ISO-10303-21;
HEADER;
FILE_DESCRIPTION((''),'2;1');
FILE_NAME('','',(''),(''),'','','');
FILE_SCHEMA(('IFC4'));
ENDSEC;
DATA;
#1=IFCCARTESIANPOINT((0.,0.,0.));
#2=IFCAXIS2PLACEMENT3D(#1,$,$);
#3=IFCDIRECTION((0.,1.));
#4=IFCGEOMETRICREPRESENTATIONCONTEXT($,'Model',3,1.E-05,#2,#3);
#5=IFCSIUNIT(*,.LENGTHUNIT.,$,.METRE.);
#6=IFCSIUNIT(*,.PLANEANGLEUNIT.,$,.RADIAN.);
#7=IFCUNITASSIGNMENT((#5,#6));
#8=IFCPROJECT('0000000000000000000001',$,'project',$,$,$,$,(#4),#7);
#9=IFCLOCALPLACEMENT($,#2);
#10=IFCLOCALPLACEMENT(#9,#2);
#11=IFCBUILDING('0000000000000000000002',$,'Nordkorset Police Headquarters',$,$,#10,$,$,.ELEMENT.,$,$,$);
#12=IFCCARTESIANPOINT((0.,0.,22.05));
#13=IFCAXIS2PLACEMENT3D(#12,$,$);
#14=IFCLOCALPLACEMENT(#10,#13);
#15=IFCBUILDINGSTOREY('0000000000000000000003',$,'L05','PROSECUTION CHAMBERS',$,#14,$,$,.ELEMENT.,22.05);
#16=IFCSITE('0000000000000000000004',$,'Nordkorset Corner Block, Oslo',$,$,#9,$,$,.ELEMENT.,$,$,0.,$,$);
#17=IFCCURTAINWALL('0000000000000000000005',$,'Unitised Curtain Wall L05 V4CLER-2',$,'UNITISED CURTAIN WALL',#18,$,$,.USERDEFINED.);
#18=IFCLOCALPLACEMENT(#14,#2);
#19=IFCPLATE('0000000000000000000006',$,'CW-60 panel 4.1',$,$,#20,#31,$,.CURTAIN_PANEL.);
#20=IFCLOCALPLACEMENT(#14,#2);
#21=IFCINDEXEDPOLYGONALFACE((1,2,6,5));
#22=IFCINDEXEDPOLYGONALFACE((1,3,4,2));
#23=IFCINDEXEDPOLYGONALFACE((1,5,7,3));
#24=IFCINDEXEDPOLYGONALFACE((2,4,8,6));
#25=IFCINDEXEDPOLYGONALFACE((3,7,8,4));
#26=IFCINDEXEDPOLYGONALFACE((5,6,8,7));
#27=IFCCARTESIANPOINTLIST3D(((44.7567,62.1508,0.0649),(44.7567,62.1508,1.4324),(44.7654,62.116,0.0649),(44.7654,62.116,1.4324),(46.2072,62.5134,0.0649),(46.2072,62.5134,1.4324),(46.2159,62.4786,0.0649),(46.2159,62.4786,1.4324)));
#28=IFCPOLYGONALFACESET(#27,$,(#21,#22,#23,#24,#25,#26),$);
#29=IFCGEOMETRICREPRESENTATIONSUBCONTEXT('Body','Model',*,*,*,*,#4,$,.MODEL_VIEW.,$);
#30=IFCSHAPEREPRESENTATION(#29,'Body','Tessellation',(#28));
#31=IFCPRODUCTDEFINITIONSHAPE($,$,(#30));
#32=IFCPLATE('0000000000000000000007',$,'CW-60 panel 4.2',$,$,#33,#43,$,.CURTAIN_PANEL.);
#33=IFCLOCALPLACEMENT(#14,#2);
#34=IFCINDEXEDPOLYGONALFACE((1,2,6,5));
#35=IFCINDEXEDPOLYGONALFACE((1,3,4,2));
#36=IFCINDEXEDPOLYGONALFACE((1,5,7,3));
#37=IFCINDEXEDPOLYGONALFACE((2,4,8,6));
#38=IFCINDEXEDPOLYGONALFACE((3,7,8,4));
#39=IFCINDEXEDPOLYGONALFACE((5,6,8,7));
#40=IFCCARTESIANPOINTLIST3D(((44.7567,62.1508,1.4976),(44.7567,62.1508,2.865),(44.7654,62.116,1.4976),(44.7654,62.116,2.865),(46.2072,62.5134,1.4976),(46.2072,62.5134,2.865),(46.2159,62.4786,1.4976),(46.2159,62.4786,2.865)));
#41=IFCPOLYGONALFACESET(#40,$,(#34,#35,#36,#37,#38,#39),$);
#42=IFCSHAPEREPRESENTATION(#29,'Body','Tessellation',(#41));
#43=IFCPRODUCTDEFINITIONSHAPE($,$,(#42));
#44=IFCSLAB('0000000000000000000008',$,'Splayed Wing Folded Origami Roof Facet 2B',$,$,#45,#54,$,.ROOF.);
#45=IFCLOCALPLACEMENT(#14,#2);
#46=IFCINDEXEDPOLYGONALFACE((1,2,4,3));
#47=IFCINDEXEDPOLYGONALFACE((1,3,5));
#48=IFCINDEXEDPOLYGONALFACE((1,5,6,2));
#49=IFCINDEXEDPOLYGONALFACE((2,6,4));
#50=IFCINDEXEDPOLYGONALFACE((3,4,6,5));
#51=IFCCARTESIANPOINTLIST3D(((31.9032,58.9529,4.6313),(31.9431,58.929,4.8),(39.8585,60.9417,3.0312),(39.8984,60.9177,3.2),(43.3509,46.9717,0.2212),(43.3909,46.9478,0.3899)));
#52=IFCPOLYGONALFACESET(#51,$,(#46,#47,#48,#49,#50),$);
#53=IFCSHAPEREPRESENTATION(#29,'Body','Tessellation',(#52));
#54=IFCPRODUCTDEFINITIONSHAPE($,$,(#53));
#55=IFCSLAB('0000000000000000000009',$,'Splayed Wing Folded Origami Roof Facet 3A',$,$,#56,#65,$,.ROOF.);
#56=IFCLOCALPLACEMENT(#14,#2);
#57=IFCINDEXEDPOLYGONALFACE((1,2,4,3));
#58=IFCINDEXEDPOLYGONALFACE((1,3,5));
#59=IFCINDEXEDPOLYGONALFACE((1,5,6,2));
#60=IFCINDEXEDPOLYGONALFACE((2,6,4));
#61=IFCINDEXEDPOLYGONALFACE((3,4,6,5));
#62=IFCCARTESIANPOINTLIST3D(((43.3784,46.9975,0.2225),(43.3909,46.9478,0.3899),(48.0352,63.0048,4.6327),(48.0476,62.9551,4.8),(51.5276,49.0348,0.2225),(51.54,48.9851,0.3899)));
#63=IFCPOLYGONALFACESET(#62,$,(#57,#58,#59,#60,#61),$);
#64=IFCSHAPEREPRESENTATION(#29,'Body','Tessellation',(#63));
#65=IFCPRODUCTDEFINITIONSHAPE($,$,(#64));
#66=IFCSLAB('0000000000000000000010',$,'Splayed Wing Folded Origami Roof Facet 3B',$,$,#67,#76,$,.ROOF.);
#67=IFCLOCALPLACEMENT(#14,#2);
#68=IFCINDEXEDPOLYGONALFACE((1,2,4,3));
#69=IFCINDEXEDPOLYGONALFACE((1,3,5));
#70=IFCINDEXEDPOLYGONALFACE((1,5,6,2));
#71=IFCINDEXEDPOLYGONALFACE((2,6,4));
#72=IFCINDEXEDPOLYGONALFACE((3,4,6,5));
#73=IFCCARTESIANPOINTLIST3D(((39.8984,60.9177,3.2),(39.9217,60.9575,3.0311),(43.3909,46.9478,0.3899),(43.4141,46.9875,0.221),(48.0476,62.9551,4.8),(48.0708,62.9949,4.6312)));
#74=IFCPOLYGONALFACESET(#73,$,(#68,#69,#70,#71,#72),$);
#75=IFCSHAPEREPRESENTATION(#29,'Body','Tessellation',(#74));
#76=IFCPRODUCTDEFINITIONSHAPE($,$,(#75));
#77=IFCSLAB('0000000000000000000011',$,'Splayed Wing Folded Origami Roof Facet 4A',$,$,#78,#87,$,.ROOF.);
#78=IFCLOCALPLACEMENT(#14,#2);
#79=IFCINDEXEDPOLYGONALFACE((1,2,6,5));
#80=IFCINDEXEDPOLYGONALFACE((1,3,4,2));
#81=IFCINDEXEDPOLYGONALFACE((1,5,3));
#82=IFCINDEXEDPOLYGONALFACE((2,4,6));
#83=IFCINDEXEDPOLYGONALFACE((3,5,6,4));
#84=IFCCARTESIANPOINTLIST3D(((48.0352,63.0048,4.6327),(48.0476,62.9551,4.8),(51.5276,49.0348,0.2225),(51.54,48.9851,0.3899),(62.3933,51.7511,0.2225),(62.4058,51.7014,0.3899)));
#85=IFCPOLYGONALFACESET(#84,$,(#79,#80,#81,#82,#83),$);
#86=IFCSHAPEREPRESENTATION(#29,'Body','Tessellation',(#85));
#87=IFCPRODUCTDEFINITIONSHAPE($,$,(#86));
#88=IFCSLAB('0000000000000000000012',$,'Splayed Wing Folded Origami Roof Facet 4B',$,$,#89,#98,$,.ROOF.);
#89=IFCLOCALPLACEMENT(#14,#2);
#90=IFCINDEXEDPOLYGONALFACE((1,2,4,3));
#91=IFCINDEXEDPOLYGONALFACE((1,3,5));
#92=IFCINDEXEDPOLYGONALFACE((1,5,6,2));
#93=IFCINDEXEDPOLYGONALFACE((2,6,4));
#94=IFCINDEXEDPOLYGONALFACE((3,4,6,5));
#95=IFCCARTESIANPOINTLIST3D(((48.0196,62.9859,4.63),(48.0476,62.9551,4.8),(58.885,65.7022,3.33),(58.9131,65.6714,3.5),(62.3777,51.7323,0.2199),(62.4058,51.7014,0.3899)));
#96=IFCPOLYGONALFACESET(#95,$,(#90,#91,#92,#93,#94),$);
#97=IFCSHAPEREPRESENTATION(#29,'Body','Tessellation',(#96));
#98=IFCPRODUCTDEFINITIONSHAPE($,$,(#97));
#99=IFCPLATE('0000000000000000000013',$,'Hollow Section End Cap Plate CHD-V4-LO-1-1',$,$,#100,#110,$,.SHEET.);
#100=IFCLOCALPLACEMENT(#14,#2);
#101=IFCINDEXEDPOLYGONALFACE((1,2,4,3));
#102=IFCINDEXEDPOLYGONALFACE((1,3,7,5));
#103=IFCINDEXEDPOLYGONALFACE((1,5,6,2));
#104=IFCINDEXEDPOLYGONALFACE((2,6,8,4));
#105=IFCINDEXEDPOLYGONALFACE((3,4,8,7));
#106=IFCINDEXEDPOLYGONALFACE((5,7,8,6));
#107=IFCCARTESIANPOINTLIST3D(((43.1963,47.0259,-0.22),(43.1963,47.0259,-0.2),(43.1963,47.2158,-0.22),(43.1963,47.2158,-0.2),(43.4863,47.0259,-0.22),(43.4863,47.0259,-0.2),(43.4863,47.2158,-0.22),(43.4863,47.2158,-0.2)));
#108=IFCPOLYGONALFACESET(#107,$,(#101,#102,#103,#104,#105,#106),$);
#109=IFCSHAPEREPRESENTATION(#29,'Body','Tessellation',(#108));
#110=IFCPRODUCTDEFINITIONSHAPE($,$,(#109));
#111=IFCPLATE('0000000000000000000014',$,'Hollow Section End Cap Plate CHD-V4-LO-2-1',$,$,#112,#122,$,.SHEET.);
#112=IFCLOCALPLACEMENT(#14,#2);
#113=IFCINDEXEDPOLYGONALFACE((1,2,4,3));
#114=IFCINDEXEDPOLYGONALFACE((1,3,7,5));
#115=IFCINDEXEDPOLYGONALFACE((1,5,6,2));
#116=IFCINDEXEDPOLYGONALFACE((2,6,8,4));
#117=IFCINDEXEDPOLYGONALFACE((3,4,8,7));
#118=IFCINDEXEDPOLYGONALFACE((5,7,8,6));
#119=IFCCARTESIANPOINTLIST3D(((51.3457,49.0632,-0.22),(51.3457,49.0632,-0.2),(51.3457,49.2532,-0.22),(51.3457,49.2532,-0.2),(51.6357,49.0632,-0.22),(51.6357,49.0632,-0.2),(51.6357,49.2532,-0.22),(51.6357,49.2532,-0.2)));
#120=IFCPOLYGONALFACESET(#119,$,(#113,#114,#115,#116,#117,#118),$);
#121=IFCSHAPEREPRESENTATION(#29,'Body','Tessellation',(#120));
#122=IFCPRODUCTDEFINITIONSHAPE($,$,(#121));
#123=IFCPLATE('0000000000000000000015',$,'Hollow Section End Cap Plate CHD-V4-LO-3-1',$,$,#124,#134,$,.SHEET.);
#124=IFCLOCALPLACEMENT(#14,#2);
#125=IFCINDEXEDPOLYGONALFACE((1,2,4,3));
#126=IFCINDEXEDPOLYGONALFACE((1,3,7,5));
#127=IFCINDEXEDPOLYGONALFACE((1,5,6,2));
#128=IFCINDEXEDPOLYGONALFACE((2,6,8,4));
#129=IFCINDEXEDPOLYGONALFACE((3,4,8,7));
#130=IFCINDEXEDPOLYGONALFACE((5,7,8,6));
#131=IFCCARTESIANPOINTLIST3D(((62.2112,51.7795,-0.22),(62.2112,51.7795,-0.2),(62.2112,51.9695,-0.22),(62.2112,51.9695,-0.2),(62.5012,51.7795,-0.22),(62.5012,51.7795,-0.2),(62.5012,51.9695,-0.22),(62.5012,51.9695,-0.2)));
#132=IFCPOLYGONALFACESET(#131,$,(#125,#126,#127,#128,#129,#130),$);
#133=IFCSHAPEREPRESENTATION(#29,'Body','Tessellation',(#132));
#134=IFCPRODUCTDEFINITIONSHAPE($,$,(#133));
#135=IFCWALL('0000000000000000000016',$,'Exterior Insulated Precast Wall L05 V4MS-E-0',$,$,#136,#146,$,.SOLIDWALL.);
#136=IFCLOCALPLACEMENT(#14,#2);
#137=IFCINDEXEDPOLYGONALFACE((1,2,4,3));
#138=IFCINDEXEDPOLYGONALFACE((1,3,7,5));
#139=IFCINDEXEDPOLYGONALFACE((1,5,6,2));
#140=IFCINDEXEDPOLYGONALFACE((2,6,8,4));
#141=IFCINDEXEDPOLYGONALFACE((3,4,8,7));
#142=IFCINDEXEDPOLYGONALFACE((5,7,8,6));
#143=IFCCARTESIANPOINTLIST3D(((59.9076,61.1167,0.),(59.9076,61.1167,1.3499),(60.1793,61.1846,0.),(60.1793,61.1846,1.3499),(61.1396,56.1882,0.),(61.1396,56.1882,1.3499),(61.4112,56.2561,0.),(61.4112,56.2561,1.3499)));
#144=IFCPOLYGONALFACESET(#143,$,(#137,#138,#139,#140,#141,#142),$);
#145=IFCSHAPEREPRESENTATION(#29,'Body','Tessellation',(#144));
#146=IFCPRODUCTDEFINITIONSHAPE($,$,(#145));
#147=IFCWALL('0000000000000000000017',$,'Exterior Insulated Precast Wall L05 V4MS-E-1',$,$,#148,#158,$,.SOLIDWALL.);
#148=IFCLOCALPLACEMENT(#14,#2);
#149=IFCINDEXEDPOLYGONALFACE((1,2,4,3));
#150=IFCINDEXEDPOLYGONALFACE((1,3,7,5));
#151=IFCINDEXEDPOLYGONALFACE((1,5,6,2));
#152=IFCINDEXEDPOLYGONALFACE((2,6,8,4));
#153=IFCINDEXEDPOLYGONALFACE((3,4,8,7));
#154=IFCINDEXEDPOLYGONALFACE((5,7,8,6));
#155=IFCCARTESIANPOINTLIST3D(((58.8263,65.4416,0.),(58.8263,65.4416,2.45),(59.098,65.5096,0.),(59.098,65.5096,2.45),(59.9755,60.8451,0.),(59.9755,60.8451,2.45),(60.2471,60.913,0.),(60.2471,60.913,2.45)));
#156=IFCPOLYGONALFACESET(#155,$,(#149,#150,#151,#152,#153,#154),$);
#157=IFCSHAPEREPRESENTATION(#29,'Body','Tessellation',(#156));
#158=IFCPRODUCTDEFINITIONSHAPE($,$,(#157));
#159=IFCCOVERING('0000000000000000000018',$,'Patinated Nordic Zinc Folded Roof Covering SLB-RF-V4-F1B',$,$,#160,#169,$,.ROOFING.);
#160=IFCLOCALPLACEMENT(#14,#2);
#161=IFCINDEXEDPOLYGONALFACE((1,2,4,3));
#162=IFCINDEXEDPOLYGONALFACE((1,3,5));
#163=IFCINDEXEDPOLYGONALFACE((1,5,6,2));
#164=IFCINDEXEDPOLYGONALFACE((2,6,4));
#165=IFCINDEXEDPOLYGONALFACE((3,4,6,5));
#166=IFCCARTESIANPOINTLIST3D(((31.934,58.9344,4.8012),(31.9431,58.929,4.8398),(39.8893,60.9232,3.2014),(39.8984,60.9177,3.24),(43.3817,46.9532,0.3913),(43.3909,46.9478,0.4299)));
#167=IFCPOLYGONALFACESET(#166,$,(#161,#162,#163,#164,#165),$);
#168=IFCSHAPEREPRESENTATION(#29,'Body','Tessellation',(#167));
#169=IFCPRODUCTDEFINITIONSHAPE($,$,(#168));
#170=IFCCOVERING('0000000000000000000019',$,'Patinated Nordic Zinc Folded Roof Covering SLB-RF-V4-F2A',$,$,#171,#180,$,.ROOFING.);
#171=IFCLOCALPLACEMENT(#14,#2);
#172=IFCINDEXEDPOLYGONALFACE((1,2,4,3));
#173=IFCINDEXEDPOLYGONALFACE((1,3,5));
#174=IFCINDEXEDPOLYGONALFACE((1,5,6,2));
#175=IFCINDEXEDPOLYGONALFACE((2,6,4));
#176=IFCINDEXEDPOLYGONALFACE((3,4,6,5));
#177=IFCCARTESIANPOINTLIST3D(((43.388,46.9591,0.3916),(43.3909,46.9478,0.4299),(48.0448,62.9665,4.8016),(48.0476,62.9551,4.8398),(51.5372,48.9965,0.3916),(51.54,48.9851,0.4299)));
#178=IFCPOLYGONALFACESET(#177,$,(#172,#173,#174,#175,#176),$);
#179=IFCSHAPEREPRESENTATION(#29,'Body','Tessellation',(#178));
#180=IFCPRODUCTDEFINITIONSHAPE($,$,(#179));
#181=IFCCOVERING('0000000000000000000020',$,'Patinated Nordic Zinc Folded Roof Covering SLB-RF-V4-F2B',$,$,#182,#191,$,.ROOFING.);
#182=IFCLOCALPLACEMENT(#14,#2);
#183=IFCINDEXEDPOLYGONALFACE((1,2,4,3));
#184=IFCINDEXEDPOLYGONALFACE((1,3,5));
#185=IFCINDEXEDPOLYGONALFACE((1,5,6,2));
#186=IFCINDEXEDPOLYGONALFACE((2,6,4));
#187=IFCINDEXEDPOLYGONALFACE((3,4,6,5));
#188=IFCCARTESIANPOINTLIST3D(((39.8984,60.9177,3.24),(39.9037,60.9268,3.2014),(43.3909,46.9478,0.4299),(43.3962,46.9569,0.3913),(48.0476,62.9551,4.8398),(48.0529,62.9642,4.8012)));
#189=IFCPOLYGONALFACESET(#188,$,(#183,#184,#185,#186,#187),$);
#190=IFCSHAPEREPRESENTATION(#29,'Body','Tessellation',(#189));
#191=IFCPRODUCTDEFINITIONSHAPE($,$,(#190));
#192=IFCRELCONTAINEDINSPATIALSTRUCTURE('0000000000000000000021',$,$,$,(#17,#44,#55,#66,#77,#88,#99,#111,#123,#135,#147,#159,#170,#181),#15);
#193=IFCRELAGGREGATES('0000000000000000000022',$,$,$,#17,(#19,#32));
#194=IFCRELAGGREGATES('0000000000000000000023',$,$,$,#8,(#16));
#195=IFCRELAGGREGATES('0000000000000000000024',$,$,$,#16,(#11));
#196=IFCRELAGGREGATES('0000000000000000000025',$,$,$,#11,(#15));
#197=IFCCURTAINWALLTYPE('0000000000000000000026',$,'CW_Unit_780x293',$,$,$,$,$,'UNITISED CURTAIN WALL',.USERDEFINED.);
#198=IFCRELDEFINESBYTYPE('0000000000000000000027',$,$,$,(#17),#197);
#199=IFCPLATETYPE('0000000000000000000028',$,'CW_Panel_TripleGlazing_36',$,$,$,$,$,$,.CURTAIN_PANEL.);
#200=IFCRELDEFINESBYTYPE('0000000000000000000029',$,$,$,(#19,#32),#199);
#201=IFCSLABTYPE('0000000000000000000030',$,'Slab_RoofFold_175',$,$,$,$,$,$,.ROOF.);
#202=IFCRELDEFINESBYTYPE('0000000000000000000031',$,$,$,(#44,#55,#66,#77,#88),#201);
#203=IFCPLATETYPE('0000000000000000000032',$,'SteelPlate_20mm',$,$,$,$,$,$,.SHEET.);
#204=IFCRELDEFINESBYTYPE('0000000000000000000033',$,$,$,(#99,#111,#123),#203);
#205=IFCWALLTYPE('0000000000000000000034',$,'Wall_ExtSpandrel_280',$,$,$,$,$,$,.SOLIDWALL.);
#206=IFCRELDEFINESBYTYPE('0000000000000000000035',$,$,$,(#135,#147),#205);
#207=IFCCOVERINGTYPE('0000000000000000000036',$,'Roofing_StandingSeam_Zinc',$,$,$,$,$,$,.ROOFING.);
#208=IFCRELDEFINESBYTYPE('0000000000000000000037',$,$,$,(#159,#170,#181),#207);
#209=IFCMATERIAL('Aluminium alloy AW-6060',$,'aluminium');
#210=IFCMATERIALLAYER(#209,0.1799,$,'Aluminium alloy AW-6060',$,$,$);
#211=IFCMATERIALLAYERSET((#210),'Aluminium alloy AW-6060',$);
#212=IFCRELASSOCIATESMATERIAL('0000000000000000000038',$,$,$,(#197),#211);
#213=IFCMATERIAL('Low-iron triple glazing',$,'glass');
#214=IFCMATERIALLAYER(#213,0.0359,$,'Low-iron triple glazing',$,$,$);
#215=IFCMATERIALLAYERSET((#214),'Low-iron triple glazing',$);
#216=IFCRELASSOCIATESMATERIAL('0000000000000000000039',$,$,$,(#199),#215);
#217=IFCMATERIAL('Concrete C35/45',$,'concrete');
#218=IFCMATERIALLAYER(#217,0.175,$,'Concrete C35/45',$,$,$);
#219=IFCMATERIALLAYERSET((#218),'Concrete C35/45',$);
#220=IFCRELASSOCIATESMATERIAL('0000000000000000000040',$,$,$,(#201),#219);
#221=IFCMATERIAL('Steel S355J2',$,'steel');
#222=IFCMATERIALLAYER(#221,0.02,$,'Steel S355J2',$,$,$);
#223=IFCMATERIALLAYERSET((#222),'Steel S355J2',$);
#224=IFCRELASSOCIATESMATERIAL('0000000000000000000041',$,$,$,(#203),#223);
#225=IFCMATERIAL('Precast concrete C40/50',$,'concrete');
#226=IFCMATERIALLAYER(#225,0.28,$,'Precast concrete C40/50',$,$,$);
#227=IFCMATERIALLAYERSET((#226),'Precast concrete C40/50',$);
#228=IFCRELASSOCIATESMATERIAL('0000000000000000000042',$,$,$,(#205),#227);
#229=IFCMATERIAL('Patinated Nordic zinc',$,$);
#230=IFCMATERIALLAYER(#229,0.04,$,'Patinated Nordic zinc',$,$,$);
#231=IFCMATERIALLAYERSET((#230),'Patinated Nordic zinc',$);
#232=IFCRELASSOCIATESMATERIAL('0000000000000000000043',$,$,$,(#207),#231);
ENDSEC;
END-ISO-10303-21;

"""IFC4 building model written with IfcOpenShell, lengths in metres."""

from ifc_helpers import new_model, si_unit, direction, frame, frame_2d, origin, origin_2d, place, context, subcontext, project, spatial, polyline, rectangle, outline, extrude, material, layer, layer_set, type_object, element, aggregate, save


model = new_model("IFC4")

# Units and contexts
model_context = context("Model", 3, precision=1e-05, world=origin(), true_north=direction((0.0, 1.0)))
body_context = subcontext(model_context, "Body", "Model", "MODEL_VIEW")
ifc_project = project(units=[si_unit("LENGTHUNIT", "METRE"), si_unit("PLANEANGLEUNIT", "RADIAN")], contexts=[model_context])

# Site, building, storey
site_placement = place(None, origin())
site = spatial("IfcSite", under=ifc_project, at=site_placement, Name="Nordkorset Corner Block, Oslo", CompositionType="ELEMENT", RefElevation=0.0)
building_placement = place(site_placement, origin())
building = spatial("IfcBuilding", under=site, at=building_placement, Name="Nordkorset Police Headquarters", CompositionType="ELEMENT")
storey_placement = place(building_placement, frame((0.0, 0.0, 22.05)))
storey = spatial("IfcBuildingStorey", under=building, at=storey_placement, Name="L05", Description="PROSECUTION CHAMBERS", CompositionType="ELEMENT", Elevation=22.05)

# Curtain wall
ifc_material_1 = material(Name="Aluminium alloy AW-6060", Category="aluminium")
ifc_layer_1 = layer(ifc_material_1, 0.1799, Name="Aluminium alloy AW-6060")
ifc_layer_set_1 = layer_set([ifc_layer_1], Name="Aluminium alloy AW-6060")
curtain_wall_type = type_object("IfcCurtainWallType", Name="CW_Unit_780x293", ElementType="UNITISED CURTAIN WALL", PredefinedType="USERDEFINED", material=ifc_layer_set_1)
curtain_wall_placement = place(storey_placement, origin())
curtain_wall = element("IfcCurtainWall", 1, at=curtain_wall_placement, inside=storey, type_object=curtain_wall_type, Name="Unitised Curtain Wall L05 V4CLER-2", ObjectType="UNITISED CURTAIN WALL", PredefinedType="USERDEFINED")

# Plates
ifc_material_2 = material(Name="Low-iron triple glazing", Category="glass")
ifc_layer_2 = layer(ifc_material_2, 0.0359, Name="Low-iron triple glazing")
ifc_layer_set_2 = layer_set([ifc_layer_2], Name="Low-iron triple glazing")
plate_type_1 = type_object("IfcPlateType", Name="CW_Panel_TripleGlazing_36", PredefinedType="CURTAIN_PANEL", material=ifc_layer_set_2)
plate_1_placement = place(storey_placement, frame((45.4863, 62.3147, 0.0649), z_axis=(0.0, 0.0, 1.0), x_axis=(0.970142, 0.242536, 0.0)))
plate_1 = element("IfcPlate", 2, at=plate_1_placement, type_object=plate_type_1, Name="CW-60 panel 4.1", PredefinedType="CURTAIN_PANEL", context=body_context, shape_type="SweptSolid", body=[
    extrude(rectangle(XDim=1.4951, YDim=0.0359, at=origin_2d()), origin(), (0.0, 0.0, 1.0), 1.3674),
])
plate_2_placement = place(storey_placement, frame((45.4863, 62.3147, 1.4976), z_axis=(0.0, 0.0, 1.0), x_axis=(0.970142, 0.242536, 0.0)))
plate_2 = element("IfcPlate", 3, at=plate_2_placement, type_object=plate_type_1, Name="CW-60 panel 4.2", PredefinedType="CURTAIN_PANEL", context=body_context, shape_type="SweptSolid", body=[
    extrude(rectangle(XDim=1.4951, YDim=0.0359, at=origin_2d()), origin(), (0.0, 0.0, 1.0), 1.3674),
])
aggregate(curtain_wall, [plate_1, plate_2])

# Slabs
ifc_material_3 = material(Name="Concrete C35/45", Category="concrete")
ifc_layer_3 = layer(ifc_material_3, 0.175, Name="Concrete C35/45")
ifc_layer_set_3 = layer_set([ifc_layer_3], Name="Concrete C35/45")
slab_type = type_object("IfcSlabType", Name="Slab_RoofFold_175", PredefinedType="ROOF", material=ifc_layer_set_3)
slab_1_placement = place(storey_placement, frame((43.3909, 46.9478, 0.3899), z_axis=(0.228106, -0.136876, 0.963967), x_axis=(-0.238042, 0.952183, 0.191531)))
element("IfcSlab", 4, at=slab_1_placement, inside=storey, type_object=slab_type, Name="Splayed Wing Folded Origami Roof Facet 2B", PredefinedType="ROOF", context=body_context, shape_type="SweptSolid", body=[
    extrude(outline(polyline([(0.0, 0.0), (14.6715, 0.0), (14.978, 8.3492), (0.0, 0.0)])), origin(), (0.0, 0.0, -1.0), 0.175),
])
slab_2_placement = place(storey_placement, frame((43.3909, 46.9478, 0.3899), z_axis=(0.071025, -0.284093, 0.956162), x_axis=(0.970141, 0.242542, 0.0)))
element("IfcSlab", 5, at=slab_2_placement, inside=storey, type_object=slab_type, Name="Splayed Wing Folded Origami Roof Facet 3A", PredefinedType="ROOF", context=body_context, shape_type="SweptSolid", body=[
    extrude(outline(polyline([(0.0, 0.0), (8.4, 0.0), (8.4001, 15.0601), (0.0, 0.0)])), origin(), (0.0, 0.0, -1.0), 0.175),
])
slab_3_placement = place(storey_placement, frame((43.3909, 46.9478, 0.3899), z_axis=(-0.132627, -0.22722, 0.96477), x_axis=(0.270044, 0.928263, 0.255744)))
element("IfcSlab", 6, at=slab_3_placement, inside=storey, type_object=slab_type, Name="Splayed Wing Folded Origami Roof Facet 3B", PredefinedType="ROOF", context=body_context, shape_type="SweptSolid", body=[
    extrude(outline(polyline([(0.0, 0.0), (17.2444, 0.0), (12.7433, 7.2705), (0.0, 0.0)])), origin(), (0.0, 0.0, -1.0), 0.175),
])
slab_4_placement = place(storey_placement, frame((51.54, 48.9851, 0.3899), z_axis=(0.07102, -0.284094, 0.956162), x_axis=(0.970145, 0.242525, 0.0)))
element("IfcSlab", 7, at=slab_4_placement, inside=storey, type_object=slab_type, Name="Splayed Wing Folded Origami Roof Facet 4A", PredefinedType="ROOF", context=body_context, shape_type="SweptSolid", body=[
    extrude(outline(polyline([(0.0, 0.0), (11.2001, 0.0), (-0.0001, 15.0601), (0.0, 0.0)])), origin(), (0.0, 0.0, -1.0), 0.175),
])
slab_5_placement = place(storey_placement, frame((62.4058, 51.7014, 0.3899), z_axis=(0.160246, -0.17616, 0.971231), x_axis=(-0.237081, 0.948274, 0.211112)))
element("IfcSlab", 8, at=slab_5_placement, inside=storey, type_object=slab_type, Name="Splayed Wing Folded Origami Roof Facet 4B", PredefinedType="ROOF", context=body_context, shape_type="SweptSolid", body=[
    extrude(outline(polyline([(0.0, 0.0), (14.732, 0.0), (15.0066, 11.2717), (0.0, 0.0)])), origin(), (0.0, 0.0, -1.0), 0.175),
])

# Plates
ifc_material_4 = material(Name="Steel S355J2", Category="steel")
ifc_layer_4 = layer(ifc_material_4, 0.02, Name="Steel S355J2")
ifc_layer_set_4 = layer_set([ifc_layer_4], Name="Steel S355J2")
plate_type_2 = type_object("IfcPlateType", Name="SteelPlate_20mm", PredefinedType="SHEET", material=ifc_layer_set_4)
for number, where, z_axis, x_axis, name in (
    (9, (43.3413, 47.1208, -0.22), (0.0, 0.0, 1.0), (1.0, 0.0, 0.0), "Hollow Section End Cap Plate CHD-V4-LO-1-1"),
    (10, (51.4907, 49.1582, -0.22), (0.0, 0.0, 1.0), (1.0, 0.0, 0.0), "Hollow Section End Cap Plate CHD-V4-LO-2-1"),
    (11, (62.3562, 51.8745, -0.22), (0.0, 0.0, 1.0), (1.0, 0.0, 0.0), "Hollow Section End Cap Plate CHD-V4-LO-3-1"),
):
    element("IfcPlate", number, at=place(storey_placement, frame(where, z_axis=z_axis, x_axis=x_axis)), inside=storey, type_object=plate_type_2, Name=name, PredefinedType="SHEET", context=body_context, shape_type="SweptSolid", body=[
        extrude(rectangle(XDim=0.29, YDim=0.1899, at=origin_2d()), origin(), (0.0, 0.0, 1.0), 0.02),
    ])

# Walls
ifc_material_5 = material(Name="Precast concrete C40/50", Category="concrete")
ifc_layer_5 = layer(ifc_material_5, 0.28, Name="Precast concrete C40/50")
ifc_layer_set_5 = layer_set([ifc_layer_5], Name="Precast concrete C40/50")
wall_type = type_object("IfcWallType", Name="Wall_ExtSpandrel_280", PredefinedType="SOLIDWALL", material=ifc_layer_set_5)
wall_1_placement = place(storey_placement, frame((61.2754, 56.2222, 0.0), z_axis=(0.0, 0.0, 1.0), x_axis=(-0.242502, 0.970151, 0.0)))
element("IfcWall", 12, at=wall_1_placement, inside=storey, type_object=wall_type, Name="Exterior Insulated Precast Wall L05 V4MS-E-0", PredefinedType="SOLIDWALL", context=body_context, shape_type="SweptSolid", body=[
    extrude(rectangle(XDim=5.0801, YDim=0.28, at=frame_2d((2.54, 0.0))), origin(), (0.0, 0.0, 1.0), 1.3499),
])
wall_2_placement = place(storey_placement, frame((60.1113, 60.8789, 0.0), z_axis=(0.0, 0.0, 1.0), x_axis=(-0.242536, 0.970143, 0.0)))
element("IfcWall", 13, at=wall_2_placement, inside=storey, type_object=wall_type, Name="Exterior Insulated Precast Wall L05 V4MS-E-1", PredefinedType="SOLIDWALL", context=body_context, shape_type="SweptSolid", body=[
    extrude(rectangle(XDim=4.738, YDim=0.28, at=frame_2d((2.3691, 0.0))), origin(), (0.0, 0.0, 1.0), 2.45),
])

# Coverings
ifc_material_6 = material(Name="Patinated Nordic zinc")
ifc_layer_6 = layer(ifc_material_6, 0.04, Name="Patinated Nordic zinc")
ifc_layer_set_6 = layer_set([ifc_layer_6], Name="Patinated Nordic zinc")
covering_type = type_object("IfcCoveringType", Name="Roofing_StandingSeam_Zinc", PredefinedType="ROOFING", material=ifc_layer_set_6)
covering_1_placement = place(storey_placement, frame((43.3909, 46.9478, 0.4299), z_axis=(0.228079, -0.136884, 0.963972), x_axis=(-0.238042, 0.952183, 0.191531)))
element("IfcCovering", 14, at=covering_1_placement, inside=storey, type_object=covering_type, Name="Patinated Nordic Zinc Folded Roof Covering SLB-RF-V4-F1B", PredefinedType="ROOFING", context=body_context, shape_type="SweptSolid", body=[
    extrude(outline(polyline([(0.0, 0.0), (14.6715, 0.0), (14.978, 8.3491), (0.0, 0.0)])), origin(), (0.0, 0.0, -1.0), 0.04),
])
covering_2_placement = place(storey_placement, frame((43.3909, 46.9478, 0.4299), z_axis=(0.071022, -0.284079, 0.956167), x_axis=(0.970141, 0.242542, 0.0)))
element("IfcCovering", 15, at=covering_2_placement, inside=storey, type_object=covering_type, Name="Patinated Nordic Zinc Folded Roof Covering SLB-RF-V4-F2A", PredefinedType="ROOFING", context=body_context, shape_type="SweptSolid", body=[
    extrude(outline(polyline([(0.0, 0.0), (8.4, 0.0), (8.4001, 15.06), (0.0, 0.0)])), origin(), (0.0, 0.0, -1.0), 0.04),
])
covering_3_placement = place(storey_placement, frame((43.3909, 46.9478, 0.4299), z_axis=(-0.1326, -0.227214, 0.964775), x_axis=(0.270045, 0.928266, 0.255731)))
element("IfcCovering", 16, at=covering_3_placement, inside=storey, type_object=covering_type, Name="Patinated Nordic Zinc Folded Roof Covering SLB-RF-V4-F2B", PredefinedType="ROOFING", context=body_context, shape_type="SweptSolid", body=[
    extrude(outline(polyline([(0.0, 0.0), (17.2443, 0.0), (12.7434, 7.2705), (0.0, 0.0)])), origin(), (0.0, 0.0, -1.0), 0.04),
])

save(model, "model.ifc")
